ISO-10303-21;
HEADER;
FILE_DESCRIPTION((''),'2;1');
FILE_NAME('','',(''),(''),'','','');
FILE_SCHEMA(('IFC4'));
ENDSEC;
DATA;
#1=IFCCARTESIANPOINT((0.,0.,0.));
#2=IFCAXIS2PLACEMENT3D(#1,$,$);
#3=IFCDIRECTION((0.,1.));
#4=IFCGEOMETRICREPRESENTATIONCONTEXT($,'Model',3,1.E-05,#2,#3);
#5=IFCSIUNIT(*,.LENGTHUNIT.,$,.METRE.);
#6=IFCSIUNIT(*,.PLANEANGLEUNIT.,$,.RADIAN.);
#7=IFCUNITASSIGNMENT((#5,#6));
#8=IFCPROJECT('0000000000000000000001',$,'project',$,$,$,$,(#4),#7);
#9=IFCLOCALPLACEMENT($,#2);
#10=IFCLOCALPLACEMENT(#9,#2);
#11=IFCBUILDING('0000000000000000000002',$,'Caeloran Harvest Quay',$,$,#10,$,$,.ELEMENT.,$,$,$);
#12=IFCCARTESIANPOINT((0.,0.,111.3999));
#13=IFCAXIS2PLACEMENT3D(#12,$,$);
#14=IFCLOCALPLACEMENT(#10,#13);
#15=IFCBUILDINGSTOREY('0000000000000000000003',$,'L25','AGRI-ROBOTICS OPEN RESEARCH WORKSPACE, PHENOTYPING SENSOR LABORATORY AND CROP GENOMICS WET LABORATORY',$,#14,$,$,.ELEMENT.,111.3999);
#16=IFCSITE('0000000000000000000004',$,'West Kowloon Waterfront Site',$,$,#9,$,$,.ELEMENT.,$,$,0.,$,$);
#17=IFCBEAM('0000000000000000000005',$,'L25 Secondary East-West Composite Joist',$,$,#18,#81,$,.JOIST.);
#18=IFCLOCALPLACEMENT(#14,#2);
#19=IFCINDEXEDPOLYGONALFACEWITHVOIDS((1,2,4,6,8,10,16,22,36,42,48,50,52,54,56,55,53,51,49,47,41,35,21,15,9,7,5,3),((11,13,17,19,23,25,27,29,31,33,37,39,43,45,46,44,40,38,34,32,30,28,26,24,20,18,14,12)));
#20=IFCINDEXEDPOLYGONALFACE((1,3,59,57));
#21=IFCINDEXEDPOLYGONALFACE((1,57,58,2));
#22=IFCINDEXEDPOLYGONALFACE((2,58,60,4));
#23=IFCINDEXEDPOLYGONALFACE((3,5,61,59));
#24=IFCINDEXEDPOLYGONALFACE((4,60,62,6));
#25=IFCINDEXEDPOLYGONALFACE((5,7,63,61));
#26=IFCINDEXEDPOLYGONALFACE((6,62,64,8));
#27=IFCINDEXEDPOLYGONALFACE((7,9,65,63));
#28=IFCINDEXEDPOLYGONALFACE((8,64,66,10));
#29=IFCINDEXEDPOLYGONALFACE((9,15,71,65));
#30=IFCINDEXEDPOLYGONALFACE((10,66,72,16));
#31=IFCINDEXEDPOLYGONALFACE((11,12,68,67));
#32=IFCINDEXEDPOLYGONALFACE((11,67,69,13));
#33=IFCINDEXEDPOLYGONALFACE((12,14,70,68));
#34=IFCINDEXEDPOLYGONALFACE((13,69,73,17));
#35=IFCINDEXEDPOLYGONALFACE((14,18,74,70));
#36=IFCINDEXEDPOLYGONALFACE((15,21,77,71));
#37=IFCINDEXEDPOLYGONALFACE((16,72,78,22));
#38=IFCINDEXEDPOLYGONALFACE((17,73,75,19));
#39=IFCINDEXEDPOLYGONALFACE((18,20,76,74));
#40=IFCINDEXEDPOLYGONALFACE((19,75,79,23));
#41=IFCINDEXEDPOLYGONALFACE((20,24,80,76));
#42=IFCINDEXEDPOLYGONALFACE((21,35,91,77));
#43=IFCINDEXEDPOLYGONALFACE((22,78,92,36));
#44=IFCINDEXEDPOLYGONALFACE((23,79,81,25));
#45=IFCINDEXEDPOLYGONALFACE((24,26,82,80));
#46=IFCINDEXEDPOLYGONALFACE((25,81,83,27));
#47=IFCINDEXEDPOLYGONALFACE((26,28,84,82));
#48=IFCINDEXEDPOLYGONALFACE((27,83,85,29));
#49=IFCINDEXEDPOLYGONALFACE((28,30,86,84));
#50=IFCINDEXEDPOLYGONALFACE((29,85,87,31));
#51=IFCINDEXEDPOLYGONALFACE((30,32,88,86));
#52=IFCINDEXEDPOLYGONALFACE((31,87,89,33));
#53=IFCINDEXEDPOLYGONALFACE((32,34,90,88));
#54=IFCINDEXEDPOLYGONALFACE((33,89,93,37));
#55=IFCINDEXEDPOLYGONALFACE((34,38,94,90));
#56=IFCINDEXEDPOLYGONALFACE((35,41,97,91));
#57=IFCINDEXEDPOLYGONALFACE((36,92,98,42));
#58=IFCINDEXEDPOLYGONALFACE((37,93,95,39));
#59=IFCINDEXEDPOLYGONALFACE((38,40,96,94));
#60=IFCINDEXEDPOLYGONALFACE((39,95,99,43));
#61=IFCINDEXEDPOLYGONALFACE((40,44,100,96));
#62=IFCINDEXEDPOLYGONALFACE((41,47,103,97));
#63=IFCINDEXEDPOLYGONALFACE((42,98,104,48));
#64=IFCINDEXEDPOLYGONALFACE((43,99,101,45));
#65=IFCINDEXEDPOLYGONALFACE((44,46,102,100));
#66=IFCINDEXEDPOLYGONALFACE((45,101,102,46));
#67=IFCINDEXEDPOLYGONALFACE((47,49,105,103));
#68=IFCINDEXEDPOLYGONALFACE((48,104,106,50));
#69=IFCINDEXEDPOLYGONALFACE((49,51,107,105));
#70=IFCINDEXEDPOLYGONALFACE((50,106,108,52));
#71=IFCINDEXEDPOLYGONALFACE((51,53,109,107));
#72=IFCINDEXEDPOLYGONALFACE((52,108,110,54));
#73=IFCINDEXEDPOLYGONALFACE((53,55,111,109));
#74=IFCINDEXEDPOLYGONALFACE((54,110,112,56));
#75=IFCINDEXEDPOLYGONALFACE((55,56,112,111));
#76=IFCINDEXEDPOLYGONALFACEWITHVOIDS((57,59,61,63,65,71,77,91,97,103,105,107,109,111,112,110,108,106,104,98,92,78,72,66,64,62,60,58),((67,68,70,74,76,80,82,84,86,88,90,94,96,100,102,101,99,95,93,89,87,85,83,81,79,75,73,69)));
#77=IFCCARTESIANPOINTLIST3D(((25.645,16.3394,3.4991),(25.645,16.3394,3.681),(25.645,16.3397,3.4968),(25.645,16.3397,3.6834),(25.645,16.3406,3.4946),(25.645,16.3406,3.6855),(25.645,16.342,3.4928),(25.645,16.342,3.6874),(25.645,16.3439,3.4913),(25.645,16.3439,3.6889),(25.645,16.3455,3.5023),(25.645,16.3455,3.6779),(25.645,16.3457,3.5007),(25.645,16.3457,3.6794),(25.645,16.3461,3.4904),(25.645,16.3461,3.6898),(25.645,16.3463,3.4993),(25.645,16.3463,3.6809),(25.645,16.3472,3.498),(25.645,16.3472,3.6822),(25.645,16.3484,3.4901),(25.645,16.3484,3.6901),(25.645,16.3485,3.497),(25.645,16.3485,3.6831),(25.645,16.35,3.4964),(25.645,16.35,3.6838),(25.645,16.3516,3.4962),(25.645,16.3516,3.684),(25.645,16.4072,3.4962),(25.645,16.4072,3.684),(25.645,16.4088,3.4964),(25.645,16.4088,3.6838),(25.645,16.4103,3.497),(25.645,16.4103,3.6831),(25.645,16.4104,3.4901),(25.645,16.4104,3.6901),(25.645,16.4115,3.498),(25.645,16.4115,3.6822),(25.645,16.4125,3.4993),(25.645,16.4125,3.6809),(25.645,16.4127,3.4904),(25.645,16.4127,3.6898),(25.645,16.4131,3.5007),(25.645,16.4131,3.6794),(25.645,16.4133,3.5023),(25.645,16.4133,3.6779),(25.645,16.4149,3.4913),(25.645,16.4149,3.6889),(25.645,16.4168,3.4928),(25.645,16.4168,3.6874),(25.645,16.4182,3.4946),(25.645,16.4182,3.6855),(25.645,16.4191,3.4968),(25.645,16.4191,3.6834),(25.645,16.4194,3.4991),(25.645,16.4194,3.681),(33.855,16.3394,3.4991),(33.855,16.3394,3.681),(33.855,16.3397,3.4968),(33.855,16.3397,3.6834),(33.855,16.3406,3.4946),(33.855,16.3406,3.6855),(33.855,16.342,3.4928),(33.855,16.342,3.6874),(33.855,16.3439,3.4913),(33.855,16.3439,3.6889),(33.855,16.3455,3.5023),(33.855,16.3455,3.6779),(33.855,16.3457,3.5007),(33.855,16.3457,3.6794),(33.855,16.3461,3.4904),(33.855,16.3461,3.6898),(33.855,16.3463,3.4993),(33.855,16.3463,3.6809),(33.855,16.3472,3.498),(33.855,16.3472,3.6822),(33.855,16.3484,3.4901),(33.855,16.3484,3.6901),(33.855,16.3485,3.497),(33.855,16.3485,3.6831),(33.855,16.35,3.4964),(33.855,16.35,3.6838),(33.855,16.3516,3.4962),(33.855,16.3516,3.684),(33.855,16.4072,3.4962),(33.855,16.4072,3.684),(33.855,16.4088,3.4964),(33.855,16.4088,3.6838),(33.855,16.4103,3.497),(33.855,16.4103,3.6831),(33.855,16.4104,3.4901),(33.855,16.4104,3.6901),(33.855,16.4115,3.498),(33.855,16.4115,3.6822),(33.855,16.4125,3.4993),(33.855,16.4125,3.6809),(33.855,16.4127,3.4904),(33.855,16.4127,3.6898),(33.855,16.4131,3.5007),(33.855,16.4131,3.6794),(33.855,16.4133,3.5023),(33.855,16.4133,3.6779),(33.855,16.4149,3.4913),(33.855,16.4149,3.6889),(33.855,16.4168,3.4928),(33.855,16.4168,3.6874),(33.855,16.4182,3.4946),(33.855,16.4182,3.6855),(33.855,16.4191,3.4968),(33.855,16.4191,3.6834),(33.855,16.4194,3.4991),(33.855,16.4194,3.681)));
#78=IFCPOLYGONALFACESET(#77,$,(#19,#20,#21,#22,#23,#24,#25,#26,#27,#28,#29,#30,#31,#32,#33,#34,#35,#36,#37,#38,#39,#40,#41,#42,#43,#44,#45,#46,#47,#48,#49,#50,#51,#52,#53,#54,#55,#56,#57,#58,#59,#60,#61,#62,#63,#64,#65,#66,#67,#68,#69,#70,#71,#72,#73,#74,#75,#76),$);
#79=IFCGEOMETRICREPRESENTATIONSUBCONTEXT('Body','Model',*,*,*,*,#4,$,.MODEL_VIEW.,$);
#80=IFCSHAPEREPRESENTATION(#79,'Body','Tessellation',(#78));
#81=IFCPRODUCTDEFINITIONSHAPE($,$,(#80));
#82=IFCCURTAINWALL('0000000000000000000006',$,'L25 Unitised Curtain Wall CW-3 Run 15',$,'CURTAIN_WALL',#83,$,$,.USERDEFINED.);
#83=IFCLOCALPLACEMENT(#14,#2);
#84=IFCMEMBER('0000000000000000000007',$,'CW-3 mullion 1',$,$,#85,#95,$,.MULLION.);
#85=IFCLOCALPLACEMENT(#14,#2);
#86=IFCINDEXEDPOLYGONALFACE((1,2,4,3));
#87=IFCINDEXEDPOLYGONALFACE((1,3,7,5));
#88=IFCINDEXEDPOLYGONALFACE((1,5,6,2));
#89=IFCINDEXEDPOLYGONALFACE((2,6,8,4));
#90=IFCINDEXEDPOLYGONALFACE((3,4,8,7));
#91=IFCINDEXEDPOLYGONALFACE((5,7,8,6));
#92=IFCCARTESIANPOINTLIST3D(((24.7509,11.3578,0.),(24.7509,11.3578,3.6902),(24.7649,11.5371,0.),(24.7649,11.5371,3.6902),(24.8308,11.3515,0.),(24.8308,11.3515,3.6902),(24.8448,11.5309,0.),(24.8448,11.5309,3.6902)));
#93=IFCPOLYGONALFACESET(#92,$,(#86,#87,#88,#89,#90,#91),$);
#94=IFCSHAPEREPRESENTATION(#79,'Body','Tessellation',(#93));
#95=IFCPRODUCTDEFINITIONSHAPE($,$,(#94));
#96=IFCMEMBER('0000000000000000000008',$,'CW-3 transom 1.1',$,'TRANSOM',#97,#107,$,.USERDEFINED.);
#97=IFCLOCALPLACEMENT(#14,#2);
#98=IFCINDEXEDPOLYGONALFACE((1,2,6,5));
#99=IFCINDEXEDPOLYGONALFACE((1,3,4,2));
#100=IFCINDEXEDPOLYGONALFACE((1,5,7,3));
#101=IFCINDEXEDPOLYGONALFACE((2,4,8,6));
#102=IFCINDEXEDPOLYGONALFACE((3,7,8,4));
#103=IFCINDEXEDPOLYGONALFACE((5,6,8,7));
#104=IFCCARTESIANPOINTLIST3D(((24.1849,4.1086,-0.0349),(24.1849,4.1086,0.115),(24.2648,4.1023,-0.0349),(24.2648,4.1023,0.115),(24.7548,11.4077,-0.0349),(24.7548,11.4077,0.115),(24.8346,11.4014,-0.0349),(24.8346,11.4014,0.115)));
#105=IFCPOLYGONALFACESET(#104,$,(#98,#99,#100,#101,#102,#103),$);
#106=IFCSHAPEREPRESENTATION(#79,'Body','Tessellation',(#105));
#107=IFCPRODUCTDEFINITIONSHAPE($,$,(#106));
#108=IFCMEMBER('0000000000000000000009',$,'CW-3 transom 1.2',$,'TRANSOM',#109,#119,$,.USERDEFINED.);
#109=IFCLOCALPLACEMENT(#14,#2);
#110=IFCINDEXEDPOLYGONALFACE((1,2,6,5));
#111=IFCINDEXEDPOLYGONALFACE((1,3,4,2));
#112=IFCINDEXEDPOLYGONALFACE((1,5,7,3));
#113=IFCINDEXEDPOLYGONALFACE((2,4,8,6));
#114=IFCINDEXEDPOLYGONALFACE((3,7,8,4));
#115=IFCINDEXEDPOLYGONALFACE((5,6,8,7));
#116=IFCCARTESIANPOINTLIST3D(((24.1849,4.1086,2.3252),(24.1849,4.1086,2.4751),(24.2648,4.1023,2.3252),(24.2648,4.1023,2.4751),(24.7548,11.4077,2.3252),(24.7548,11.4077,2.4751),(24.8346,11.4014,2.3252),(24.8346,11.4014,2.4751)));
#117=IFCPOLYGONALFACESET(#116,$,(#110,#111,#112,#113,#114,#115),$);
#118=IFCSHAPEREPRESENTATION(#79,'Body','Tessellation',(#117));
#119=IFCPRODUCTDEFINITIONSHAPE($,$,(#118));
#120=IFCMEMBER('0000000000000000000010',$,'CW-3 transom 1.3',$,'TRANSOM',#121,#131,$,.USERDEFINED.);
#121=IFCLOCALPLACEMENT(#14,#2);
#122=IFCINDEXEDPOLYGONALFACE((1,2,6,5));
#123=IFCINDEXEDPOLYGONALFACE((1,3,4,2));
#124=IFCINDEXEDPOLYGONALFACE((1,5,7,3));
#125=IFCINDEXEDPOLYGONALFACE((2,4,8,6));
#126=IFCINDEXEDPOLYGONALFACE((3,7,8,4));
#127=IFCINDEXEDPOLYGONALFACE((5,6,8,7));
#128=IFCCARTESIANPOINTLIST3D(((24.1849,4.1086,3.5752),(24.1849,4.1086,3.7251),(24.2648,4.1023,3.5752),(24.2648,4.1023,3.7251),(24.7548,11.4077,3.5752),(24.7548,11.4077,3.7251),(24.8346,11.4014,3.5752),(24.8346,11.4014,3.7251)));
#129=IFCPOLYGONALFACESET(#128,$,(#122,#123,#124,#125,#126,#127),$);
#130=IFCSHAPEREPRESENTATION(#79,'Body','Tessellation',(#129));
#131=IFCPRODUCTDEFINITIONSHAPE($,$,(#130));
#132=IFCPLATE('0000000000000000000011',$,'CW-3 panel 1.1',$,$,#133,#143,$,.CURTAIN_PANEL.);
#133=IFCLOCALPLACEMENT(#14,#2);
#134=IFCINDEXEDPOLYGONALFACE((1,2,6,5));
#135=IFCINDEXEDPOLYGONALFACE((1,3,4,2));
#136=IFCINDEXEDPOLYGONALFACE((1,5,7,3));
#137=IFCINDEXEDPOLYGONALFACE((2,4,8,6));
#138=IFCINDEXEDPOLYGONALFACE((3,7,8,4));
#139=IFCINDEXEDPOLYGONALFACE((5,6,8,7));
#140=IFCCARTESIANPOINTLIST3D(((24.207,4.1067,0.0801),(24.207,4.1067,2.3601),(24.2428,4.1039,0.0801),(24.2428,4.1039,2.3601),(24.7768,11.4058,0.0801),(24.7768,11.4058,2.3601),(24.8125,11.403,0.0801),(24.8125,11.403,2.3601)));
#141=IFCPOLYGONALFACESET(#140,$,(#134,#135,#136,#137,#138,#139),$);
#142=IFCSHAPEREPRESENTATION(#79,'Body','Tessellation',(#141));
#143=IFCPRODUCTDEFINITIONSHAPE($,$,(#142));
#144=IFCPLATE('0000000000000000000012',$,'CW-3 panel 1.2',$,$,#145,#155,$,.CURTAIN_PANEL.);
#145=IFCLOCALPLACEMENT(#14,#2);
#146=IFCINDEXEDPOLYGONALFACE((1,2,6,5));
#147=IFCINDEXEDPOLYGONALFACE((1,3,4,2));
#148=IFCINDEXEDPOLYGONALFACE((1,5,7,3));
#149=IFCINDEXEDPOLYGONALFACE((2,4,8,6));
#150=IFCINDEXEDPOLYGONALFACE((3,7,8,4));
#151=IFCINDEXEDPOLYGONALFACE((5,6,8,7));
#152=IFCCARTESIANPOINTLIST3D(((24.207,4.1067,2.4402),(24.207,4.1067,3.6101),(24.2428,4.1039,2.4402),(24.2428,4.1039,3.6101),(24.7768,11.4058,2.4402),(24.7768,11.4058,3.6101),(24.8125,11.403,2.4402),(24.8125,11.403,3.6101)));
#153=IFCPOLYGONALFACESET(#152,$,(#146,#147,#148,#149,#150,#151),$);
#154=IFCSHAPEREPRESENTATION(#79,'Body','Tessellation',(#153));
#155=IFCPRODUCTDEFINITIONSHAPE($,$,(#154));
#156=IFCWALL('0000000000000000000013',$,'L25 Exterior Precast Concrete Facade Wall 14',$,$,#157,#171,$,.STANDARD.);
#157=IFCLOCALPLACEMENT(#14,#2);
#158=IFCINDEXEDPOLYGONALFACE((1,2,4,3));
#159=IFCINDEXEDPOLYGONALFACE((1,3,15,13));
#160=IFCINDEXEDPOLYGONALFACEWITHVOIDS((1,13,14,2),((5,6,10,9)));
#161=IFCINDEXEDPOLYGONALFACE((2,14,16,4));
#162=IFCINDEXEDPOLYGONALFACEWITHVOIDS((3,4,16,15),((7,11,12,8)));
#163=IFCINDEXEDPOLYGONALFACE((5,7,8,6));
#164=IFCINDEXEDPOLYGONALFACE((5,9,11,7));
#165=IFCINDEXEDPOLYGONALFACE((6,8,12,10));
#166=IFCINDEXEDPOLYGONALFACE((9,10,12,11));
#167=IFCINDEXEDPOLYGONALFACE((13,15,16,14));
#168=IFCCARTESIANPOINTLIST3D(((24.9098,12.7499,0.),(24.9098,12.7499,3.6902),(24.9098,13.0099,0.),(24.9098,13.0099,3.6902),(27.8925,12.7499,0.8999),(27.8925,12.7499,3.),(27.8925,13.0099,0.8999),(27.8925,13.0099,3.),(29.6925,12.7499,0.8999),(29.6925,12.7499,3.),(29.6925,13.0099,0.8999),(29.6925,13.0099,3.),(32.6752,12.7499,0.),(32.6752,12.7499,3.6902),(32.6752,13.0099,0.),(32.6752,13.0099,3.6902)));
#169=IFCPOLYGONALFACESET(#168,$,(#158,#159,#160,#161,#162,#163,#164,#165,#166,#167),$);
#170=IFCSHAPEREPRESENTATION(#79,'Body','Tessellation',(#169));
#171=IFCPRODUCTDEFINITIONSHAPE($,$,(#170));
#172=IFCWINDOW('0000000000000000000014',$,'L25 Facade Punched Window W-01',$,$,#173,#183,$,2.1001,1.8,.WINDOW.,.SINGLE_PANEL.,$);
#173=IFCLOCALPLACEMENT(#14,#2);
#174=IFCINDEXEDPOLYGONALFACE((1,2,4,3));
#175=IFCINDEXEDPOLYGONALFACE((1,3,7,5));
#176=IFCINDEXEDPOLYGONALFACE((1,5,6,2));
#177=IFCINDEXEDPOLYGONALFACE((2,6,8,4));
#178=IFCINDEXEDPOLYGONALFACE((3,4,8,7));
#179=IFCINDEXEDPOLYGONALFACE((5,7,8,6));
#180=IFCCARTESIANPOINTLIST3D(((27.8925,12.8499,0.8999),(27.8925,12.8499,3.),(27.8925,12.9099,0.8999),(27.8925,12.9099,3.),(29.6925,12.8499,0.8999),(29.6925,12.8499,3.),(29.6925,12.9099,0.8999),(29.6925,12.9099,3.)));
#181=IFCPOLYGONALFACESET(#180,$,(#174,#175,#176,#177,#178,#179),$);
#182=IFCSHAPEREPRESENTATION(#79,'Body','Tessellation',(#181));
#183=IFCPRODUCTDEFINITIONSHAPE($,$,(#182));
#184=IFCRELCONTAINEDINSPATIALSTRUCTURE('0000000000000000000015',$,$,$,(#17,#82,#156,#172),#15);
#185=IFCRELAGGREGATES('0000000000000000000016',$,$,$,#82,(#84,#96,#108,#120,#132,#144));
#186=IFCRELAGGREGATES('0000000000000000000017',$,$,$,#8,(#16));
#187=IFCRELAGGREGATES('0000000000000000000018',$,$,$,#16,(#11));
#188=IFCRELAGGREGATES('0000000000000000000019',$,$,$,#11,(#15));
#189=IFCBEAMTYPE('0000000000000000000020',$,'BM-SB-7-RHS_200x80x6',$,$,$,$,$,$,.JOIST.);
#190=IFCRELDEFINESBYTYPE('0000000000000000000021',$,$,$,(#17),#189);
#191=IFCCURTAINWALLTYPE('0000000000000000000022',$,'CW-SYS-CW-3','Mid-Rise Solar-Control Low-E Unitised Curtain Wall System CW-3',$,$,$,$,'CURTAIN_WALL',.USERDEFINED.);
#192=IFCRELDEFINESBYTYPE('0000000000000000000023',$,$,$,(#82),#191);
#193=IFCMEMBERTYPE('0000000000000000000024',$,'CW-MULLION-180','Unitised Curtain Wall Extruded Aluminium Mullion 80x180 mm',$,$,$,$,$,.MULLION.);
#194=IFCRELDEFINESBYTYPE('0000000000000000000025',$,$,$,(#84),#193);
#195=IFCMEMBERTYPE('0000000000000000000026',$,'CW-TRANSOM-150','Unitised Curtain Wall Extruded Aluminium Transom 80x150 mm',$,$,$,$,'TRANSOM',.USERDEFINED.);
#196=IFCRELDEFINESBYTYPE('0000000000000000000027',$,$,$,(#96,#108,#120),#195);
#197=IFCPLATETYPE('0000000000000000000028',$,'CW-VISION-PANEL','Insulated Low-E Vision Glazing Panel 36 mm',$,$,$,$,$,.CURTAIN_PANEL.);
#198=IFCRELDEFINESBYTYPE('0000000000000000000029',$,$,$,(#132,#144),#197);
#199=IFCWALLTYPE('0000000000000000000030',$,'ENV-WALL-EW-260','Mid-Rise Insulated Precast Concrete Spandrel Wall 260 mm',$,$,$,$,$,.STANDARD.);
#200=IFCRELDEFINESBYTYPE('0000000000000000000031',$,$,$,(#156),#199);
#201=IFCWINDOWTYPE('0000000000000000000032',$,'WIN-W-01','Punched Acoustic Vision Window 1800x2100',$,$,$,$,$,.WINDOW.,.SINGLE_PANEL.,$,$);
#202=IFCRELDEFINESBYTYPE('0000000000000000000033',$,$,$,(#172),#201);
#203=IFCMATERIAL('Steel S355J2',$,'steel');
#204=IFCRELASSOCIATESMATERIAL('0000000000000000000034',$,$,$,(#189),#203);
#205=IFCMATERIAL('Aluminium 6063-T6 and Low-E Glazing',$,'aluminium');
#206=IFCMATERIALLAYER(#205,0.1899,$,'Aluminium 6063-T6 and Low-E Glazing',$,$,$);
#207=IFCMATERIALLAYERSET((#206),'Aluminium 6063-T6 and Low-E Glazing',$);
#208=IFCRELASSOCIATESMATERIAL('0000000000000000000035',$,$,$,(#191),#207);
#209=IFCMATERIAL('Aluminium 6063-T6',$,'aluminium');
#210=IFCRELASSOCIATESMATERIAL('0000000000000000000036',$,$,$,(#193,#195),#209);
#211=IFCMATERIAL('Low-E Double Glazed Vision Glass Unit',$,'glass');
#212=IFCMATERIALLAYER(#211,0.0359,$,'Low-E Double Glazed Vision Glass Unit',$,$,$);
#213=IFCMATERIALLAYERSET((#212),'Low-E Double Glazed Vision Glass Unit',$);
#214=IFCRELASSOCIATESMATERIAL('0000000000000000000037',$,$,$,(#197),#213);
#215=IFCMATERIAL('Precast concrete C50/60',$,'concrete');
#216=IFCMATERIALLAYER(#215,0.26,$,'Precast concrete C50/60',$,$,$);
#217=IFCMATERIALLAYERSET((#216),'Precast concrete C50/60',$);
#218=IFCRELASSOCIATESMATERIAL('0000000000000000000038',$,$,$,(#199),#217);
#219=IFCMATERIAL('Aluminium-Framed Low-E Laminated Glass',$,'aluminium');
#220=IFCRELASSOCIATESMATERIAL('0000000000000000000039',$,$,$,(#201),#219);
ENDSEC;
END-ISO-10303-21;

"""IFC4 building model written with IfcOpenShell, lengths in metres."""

from ifc_helpers import new_model, si_unit, direction, frame, frame_2d, origin, origin_2d, place, context, subcontext, project, spatial, rectangle, hollow_rectangle, extrude, material, layer, layer_set, material_profile, profile_set, type_object, element, fill, aggregate, save


model = new_model("IFC4")

# Units and contexts
model_context = context("Model", 3, precision=1e-05, world=origin(), true_north=direction((0.0, 1.0)))
body_context = subcontext(model_context, "Body", "Model", "MODEL_VIEW")
ifc_project = project(units=[si_unit("LENGTHUNIT", "METRE"), si_unit("PLANEANGLEUNIT", "RADIAN")], contexts=[model_context])

# Site, building, storey
site_placement = place(None, origin())
site = spatial("IfcSite", under=ifc_project, at=site_placement, Name="West Kowloon Waterfront Site", CompositionType="ELEMENT", RefElevation=0.0)
building_placement = place(site_placement, origin())
building = spatial("IfcBuilding", under=site, at=building_placement, Name="Caeloran Harvest Quay", CompositionType="ELEMENT")
storey_placement = place(building_placement, frame((0.0, 0.0, 111.3999)))
storey = spatial("IfcBuildingStorey", under=building, at=storey_placement, Name="L25", Description="AGRI-ROBOTICS OPEN RESEARCH WORKSPACE, PHENOTYPING SENSOR LABORATORY AND CROP GENOMICS WET LABORATORY", CompositionType="ELEMENT", Elevation=111.3999)

# Beam
ifc_material_1 = material(Name="Steel S355J2", Category="steel")
ifc_material_profile_1 = material_profile(ifc_material_1, hollow_rectangle(XDim=0.0801, YDim=0.2, WallThickness=0.0061, InnerFilletRadius=0.0061, OuterFilletRadius=0.009, at=origin_2d()), Name="RHS 200x80x6")
ifc_profile_set_1 = profile_set([ifc_material_profile_1], Name="Steel S355J2")
beam_type_1 = type_object("IfcBeamType", Name="BM-SB-7-RHS_200x80x6", PredefinedType="JOIST", material=ifc_profile_set_1)
for number, where, z_axis, x_axis, name in (
    (1, (25.645, 16.3794, 3.5901), (1.0, 0.0, 0.0), (0.0, 1.0, 0.0), "L25 Secondary East-West Composite Joist"),
):
    element("IfcBeam", number, at=place(storey_placement, frame(where, z_axis=z_axis, x_axis=x_axis)), inside=storey, type_object=beam_type_1, Name=name, PredefinedType="JOIST", context=body_context, shape_type="SweptSolid", body=[
        extrude(hollow_rectangle(XDim=0.0801, YDim=0.2, WallThickness=0.0061, InnerFilletRadius=0.0061, OuterFilletRadius=0.009, at=origin_2d()), origin(), (0.0, 0.0, 1.0), 8.21),
    ])

# Curtain wall, members, plates
ifc_material_2 = material(Name="Aluminium 6063-T6 and Low-E Glazing", Category="aluminium")
ifc_layer_1 = layer(ifc_material_2, 0.1899, Name="Aluminium 6063-T6 and Low-E Glazing")
ifc_layer_set_1 = layer_set([ifc_layer_1], Name="Aluminium 6063-T6 and Low-E Glazing")
curtain_wall_type = type_object("IfcCurtainWallType", Name="CW-SYS-CW-3", Description="Mid-Rise Solar-Control Low-E Unitised Curtain Wall System CW-3", ElementType="CURTAIN_WALL", PredefinedType="USERDEFINED", material=ifc_layer_set_1)
curtain_wall_placement = place(storey_placement, origin())
curtain_wall = element("IfcCurtainWall", 2, at=curtain_wall_placement, inside=storey, type_object=curtain_wall_type, Name="L25 Unitised Curtain Wall CW-3 Run 15", ObjectType="CURTAIN_WALL", PredefinedType="USERDEFINED")
ifc_material_3 = material(Name="Aluminium 6063-T6", Category="aluminium")
ifc_material_profile_2 = material_profile(ifc_material_3, rectangle(XDim=0.0801, YDim=0.1799, at=origin_2d()), Name="CW-MULLION-180")
ifc_profile_set_2 = profile_set([ifc_material_profile_2], Name="Aluminium 6063-T6")
member_type_1 = type_object("IfcMemberType", Name="CW-MULLION-180", Description="Unitised Curtain Wall Extruded Aluminium Mullion 80x180 mm", PredefinedType="MULLION", material=ifc_profile_set_2)
member_1_placement = place(storey_placement, frame((24.7979, 11.4443, 0.0), z_axis=(0.0, 0.0, 1.0), x_axis=(0.996967, -0.077822, 0.0)))
member_1 = element("IfcMember", 3, at=member_1_placement, type_object=member_type_1, Name="CW-3 mullion 1", PredefinedType="MULLION", context=body_context, shape_type="SweptSolid", body=[
    extrude(rectangle(XDim=0.0801, YDim=0.1799, at=origin_2d()), origin(), (0.0, 0.0, 1.0), 3.6902),
])
ifc_material_profile_3 = material_profile(ifc_material_3, rectangle(XDim=0.0801, YDim=0.1499, at=origin_2d()), Name="CW-TRANSOM-150")
ifc_profile_set_3 = profile_set([ifc_material_profile_3], Name="Aluminium 6063-T6")
member_type_2 = type_object("IfcMemberType", Name="CW-TRANSOM-150", Description="Unitised Curtain Wall Extruded Aluminium Transom 80x150 mm", ElementType="TRANSOM", PredefinedType="USERDEFINED", material=ifc_profile_set_3)
member_2_placement = place(storey_placement, frame((24.7947, 11.4045, 0.04), z_axis=(-0.077831, -0.996967, 0.0), x_axis=(0.996967, -0.077831, 0.0)))
member_2 = element("IfcMember", 4, at=member_2_placement, type_object=member_type_2, Name="CW-3 transom 1.1", ObjectType="TRANSOM", PredefinedType="USERDEFINED", context=body_context, shape_type="SweptSolid", body=[
    extrude(rectangle(XDim=0.0801, YDim=0.1499, at=origin_2d()), origin(), (0.0, 0.0, 1.0), 7.3213),
])
member_3_placement = place(storey_placement, frame((24.7947, 11.4045, 2.4001), z_axis=(-0.077831, -0.996967, 0.0), x_axis=(0.996967, -0.077831, 0.0)))
member_3 = element("IfcMember", 5, at=member_3_placement, type_object=member_type_2, Name="CW-3 transom 1.2", ObjectType="TRANSOM", PredefinedType="USERDEFINED", context=body_context, shape_type="SweptSolid", body=[
    extrude(rectangle(XDim=0.0801, YDim=0.1499, at=origin_2d()), origin(), (0.0, 0.0, 1.0), 7.3213),
])
member_4_placement = place(storey_placement, frame((24.7947, 11.4045, 3.6501), z_axis=(-0.077831, -0.996967, 0.0), x_axis=(0.996967, -0.077831, 0.0)))
member_4 = element("IfcMember", 6, at=member_4_placement, type_object=member_type_2, Name="CW-3 transom 1.3", ObjectType="TRANSOM", PredefinedType="USERDEFINED", context=body_context, shape_type="SweptSolid", body=[
    extrude(rectangle(XDim=0.0801, YDim=0.1499, at=origin_2d()), origin(), (0.0, 0.0, 1.0), 7.3213),
])
ifc_material_4 = material(Name="Low-E Double Glazed Vision Glass Unit", Category="glass")
ifc_layer_2 = layer(ifc_material_4, 0.0359, Name="Low-E Double Glazed Vision Glass Unit")
ifc_layer_set_2 = layer_set([ifc_layer_2], Name="Low-E Double Glazed Vision Glass Unit")
plate_type = type_object("IfcPlateType", Name="CW-VISION-PANEL", Description="Insulated Low-E Vision Glazing Panel 36 mm", PredefinedType="CURTAIN_PANEL", material=ifc_layer_set_2)
plate_1_placement = place(storey_placement, frame((24.5098, 7.7549, 0.0801), z_axis=(0.0, 0.0, 1.0), x_axis=(-0.077822, -0.996967, 0.0)))
plate_1 = element("IfcPlate", 7, at=plate_1_placement, type_object=plate_type, Name="CW-3 panel 1.1", PredefinedType="CURTAIN_PANEL", context=body_context, shape_type="SweptSolid", body=[
    extrude(rectangle(XDim=7.3213, YDim=0.0359, at=origin_2d()), origin(), (0.0, 0.0, 1.0), 2.28),
])
plate_2_placement = place(storey_placement, frame((24.5098, 7.7549, 2.4402), z_axis=(0.0, 0.0, 1.0), x_axis=(-0.077822, -0.996967, 0.0)))
plate_2 = element("IfcPlate", 8, at=plate_2_placement, type_object=plate_type, Name="CW-3 panel 1.2", PredefinedType="CURTAIN_PANEL", context=body_context, shape_type="SweptSolid", body=[
    extrude(rectangle(XDim=7.3213, YDim=0.0359, at=origin_2d()), origin(), (0.0, 0.0, 1.0), 1.1699),
])
aggregate(curtain_wall, [member_1, member_2, member_3, member_4, plate_1, plate_2])

# Wall, opening, window
ifc_material_5 = material(Name="Precast concrete C50/60", Category="concrete")
ifc_layer_3 = layer(ifc_material_5, 0.26, Name="Precast concrete C50/60")
ifc_layer_set_3 = layer_set([ifc_layer_3], Name="Precast concrete C50/60")
wall_type_1 = type_object("IfcWallType", Name="ENV-WALL-EW-260", Description="Mid-Rise Insulated Precast Concrete Spandrel Wall 260 mm", PredefinedType="STANDARD", material=ifc_layer_set_3)
wall_1_placement = place(storey_placement, frame((32.6753, 12.8799, 0.0), z_axis=(0.0, 0.0, 1.0), x_axis=(-1.0, 0.0, 0.0)))
wall_1 = element("IfcWall", 9, at=wall_1_placement, inside=storey, type_object=wall_type_1, Name="L25 Exterior Precast Concrete Facade Wall 14", PredefinedType="STANDARD", context=body_context, shape_type="SweptSolid", body=[
    extrude(rectangle(XDim=7.7654, YDim=0.26, at=frame_2d((3.8828, 0.0))), origin(), (0.0, 0.0, 1.0), 3.6902),
])
opening_placement = place(wall_1_placement, frame((2.9829, 0.0, 0.8999)))
opening = element("IfcOpeningElement", 10, at=opening_placement, cuts=wall_1, PredefinedType="OPENING", context=body_context, shape_type="SweptSolid", body=[
    extrude(rectangle(XDim=1.8, YDim=2.1001, at=frame_2d((0.8999, 1.05))), frame((0.0, 0.1401, 0.0), z_axis=(0.0, -1.0, 0.0), x_axis=(1.0, 0.0, 0.0)), (0.0, 0.0, 1.0), 0.28),
])
ifc_material_6 = material(Name="Aluminium-Framed Low-E Laminated Glass", Category="aluminium")
window_type = type_object("IfcWindowType", Name="WIN-W-01", Description="Punched Acoustic Vision Window 1800x2100", PartitioningType="SINGLE_PANEL", PredefinedType="WINDOW", material=ifc_material_6)
window_placement = place(opening_placement, origin())
window = element("IfcWindow", 11, at=window_placement, inside=storey, type_object=window_type, Name="L25 Facade Punched Window W-01", OverallHeight=2.1001, OverallWidth=1.8, PartitioningType="SINGLE_PANEL", PredefinedType="WINDOW", context=body_context, shape_type="SweptSolid", body=[
    extrude(rectangle(XDim=1.8, YDim=2.1001, at=frame_2d((0.8999, 1.05))), frame((0.0, 0.03, 0.0), z_axis=(0.0, -1.0, 0.0), x_axis=(1.0, 0.0, 0.0)), (0.0, 0.0, 1.0), 0.0601),
])
fill(opening, window)

save(model, "model.ifc")
